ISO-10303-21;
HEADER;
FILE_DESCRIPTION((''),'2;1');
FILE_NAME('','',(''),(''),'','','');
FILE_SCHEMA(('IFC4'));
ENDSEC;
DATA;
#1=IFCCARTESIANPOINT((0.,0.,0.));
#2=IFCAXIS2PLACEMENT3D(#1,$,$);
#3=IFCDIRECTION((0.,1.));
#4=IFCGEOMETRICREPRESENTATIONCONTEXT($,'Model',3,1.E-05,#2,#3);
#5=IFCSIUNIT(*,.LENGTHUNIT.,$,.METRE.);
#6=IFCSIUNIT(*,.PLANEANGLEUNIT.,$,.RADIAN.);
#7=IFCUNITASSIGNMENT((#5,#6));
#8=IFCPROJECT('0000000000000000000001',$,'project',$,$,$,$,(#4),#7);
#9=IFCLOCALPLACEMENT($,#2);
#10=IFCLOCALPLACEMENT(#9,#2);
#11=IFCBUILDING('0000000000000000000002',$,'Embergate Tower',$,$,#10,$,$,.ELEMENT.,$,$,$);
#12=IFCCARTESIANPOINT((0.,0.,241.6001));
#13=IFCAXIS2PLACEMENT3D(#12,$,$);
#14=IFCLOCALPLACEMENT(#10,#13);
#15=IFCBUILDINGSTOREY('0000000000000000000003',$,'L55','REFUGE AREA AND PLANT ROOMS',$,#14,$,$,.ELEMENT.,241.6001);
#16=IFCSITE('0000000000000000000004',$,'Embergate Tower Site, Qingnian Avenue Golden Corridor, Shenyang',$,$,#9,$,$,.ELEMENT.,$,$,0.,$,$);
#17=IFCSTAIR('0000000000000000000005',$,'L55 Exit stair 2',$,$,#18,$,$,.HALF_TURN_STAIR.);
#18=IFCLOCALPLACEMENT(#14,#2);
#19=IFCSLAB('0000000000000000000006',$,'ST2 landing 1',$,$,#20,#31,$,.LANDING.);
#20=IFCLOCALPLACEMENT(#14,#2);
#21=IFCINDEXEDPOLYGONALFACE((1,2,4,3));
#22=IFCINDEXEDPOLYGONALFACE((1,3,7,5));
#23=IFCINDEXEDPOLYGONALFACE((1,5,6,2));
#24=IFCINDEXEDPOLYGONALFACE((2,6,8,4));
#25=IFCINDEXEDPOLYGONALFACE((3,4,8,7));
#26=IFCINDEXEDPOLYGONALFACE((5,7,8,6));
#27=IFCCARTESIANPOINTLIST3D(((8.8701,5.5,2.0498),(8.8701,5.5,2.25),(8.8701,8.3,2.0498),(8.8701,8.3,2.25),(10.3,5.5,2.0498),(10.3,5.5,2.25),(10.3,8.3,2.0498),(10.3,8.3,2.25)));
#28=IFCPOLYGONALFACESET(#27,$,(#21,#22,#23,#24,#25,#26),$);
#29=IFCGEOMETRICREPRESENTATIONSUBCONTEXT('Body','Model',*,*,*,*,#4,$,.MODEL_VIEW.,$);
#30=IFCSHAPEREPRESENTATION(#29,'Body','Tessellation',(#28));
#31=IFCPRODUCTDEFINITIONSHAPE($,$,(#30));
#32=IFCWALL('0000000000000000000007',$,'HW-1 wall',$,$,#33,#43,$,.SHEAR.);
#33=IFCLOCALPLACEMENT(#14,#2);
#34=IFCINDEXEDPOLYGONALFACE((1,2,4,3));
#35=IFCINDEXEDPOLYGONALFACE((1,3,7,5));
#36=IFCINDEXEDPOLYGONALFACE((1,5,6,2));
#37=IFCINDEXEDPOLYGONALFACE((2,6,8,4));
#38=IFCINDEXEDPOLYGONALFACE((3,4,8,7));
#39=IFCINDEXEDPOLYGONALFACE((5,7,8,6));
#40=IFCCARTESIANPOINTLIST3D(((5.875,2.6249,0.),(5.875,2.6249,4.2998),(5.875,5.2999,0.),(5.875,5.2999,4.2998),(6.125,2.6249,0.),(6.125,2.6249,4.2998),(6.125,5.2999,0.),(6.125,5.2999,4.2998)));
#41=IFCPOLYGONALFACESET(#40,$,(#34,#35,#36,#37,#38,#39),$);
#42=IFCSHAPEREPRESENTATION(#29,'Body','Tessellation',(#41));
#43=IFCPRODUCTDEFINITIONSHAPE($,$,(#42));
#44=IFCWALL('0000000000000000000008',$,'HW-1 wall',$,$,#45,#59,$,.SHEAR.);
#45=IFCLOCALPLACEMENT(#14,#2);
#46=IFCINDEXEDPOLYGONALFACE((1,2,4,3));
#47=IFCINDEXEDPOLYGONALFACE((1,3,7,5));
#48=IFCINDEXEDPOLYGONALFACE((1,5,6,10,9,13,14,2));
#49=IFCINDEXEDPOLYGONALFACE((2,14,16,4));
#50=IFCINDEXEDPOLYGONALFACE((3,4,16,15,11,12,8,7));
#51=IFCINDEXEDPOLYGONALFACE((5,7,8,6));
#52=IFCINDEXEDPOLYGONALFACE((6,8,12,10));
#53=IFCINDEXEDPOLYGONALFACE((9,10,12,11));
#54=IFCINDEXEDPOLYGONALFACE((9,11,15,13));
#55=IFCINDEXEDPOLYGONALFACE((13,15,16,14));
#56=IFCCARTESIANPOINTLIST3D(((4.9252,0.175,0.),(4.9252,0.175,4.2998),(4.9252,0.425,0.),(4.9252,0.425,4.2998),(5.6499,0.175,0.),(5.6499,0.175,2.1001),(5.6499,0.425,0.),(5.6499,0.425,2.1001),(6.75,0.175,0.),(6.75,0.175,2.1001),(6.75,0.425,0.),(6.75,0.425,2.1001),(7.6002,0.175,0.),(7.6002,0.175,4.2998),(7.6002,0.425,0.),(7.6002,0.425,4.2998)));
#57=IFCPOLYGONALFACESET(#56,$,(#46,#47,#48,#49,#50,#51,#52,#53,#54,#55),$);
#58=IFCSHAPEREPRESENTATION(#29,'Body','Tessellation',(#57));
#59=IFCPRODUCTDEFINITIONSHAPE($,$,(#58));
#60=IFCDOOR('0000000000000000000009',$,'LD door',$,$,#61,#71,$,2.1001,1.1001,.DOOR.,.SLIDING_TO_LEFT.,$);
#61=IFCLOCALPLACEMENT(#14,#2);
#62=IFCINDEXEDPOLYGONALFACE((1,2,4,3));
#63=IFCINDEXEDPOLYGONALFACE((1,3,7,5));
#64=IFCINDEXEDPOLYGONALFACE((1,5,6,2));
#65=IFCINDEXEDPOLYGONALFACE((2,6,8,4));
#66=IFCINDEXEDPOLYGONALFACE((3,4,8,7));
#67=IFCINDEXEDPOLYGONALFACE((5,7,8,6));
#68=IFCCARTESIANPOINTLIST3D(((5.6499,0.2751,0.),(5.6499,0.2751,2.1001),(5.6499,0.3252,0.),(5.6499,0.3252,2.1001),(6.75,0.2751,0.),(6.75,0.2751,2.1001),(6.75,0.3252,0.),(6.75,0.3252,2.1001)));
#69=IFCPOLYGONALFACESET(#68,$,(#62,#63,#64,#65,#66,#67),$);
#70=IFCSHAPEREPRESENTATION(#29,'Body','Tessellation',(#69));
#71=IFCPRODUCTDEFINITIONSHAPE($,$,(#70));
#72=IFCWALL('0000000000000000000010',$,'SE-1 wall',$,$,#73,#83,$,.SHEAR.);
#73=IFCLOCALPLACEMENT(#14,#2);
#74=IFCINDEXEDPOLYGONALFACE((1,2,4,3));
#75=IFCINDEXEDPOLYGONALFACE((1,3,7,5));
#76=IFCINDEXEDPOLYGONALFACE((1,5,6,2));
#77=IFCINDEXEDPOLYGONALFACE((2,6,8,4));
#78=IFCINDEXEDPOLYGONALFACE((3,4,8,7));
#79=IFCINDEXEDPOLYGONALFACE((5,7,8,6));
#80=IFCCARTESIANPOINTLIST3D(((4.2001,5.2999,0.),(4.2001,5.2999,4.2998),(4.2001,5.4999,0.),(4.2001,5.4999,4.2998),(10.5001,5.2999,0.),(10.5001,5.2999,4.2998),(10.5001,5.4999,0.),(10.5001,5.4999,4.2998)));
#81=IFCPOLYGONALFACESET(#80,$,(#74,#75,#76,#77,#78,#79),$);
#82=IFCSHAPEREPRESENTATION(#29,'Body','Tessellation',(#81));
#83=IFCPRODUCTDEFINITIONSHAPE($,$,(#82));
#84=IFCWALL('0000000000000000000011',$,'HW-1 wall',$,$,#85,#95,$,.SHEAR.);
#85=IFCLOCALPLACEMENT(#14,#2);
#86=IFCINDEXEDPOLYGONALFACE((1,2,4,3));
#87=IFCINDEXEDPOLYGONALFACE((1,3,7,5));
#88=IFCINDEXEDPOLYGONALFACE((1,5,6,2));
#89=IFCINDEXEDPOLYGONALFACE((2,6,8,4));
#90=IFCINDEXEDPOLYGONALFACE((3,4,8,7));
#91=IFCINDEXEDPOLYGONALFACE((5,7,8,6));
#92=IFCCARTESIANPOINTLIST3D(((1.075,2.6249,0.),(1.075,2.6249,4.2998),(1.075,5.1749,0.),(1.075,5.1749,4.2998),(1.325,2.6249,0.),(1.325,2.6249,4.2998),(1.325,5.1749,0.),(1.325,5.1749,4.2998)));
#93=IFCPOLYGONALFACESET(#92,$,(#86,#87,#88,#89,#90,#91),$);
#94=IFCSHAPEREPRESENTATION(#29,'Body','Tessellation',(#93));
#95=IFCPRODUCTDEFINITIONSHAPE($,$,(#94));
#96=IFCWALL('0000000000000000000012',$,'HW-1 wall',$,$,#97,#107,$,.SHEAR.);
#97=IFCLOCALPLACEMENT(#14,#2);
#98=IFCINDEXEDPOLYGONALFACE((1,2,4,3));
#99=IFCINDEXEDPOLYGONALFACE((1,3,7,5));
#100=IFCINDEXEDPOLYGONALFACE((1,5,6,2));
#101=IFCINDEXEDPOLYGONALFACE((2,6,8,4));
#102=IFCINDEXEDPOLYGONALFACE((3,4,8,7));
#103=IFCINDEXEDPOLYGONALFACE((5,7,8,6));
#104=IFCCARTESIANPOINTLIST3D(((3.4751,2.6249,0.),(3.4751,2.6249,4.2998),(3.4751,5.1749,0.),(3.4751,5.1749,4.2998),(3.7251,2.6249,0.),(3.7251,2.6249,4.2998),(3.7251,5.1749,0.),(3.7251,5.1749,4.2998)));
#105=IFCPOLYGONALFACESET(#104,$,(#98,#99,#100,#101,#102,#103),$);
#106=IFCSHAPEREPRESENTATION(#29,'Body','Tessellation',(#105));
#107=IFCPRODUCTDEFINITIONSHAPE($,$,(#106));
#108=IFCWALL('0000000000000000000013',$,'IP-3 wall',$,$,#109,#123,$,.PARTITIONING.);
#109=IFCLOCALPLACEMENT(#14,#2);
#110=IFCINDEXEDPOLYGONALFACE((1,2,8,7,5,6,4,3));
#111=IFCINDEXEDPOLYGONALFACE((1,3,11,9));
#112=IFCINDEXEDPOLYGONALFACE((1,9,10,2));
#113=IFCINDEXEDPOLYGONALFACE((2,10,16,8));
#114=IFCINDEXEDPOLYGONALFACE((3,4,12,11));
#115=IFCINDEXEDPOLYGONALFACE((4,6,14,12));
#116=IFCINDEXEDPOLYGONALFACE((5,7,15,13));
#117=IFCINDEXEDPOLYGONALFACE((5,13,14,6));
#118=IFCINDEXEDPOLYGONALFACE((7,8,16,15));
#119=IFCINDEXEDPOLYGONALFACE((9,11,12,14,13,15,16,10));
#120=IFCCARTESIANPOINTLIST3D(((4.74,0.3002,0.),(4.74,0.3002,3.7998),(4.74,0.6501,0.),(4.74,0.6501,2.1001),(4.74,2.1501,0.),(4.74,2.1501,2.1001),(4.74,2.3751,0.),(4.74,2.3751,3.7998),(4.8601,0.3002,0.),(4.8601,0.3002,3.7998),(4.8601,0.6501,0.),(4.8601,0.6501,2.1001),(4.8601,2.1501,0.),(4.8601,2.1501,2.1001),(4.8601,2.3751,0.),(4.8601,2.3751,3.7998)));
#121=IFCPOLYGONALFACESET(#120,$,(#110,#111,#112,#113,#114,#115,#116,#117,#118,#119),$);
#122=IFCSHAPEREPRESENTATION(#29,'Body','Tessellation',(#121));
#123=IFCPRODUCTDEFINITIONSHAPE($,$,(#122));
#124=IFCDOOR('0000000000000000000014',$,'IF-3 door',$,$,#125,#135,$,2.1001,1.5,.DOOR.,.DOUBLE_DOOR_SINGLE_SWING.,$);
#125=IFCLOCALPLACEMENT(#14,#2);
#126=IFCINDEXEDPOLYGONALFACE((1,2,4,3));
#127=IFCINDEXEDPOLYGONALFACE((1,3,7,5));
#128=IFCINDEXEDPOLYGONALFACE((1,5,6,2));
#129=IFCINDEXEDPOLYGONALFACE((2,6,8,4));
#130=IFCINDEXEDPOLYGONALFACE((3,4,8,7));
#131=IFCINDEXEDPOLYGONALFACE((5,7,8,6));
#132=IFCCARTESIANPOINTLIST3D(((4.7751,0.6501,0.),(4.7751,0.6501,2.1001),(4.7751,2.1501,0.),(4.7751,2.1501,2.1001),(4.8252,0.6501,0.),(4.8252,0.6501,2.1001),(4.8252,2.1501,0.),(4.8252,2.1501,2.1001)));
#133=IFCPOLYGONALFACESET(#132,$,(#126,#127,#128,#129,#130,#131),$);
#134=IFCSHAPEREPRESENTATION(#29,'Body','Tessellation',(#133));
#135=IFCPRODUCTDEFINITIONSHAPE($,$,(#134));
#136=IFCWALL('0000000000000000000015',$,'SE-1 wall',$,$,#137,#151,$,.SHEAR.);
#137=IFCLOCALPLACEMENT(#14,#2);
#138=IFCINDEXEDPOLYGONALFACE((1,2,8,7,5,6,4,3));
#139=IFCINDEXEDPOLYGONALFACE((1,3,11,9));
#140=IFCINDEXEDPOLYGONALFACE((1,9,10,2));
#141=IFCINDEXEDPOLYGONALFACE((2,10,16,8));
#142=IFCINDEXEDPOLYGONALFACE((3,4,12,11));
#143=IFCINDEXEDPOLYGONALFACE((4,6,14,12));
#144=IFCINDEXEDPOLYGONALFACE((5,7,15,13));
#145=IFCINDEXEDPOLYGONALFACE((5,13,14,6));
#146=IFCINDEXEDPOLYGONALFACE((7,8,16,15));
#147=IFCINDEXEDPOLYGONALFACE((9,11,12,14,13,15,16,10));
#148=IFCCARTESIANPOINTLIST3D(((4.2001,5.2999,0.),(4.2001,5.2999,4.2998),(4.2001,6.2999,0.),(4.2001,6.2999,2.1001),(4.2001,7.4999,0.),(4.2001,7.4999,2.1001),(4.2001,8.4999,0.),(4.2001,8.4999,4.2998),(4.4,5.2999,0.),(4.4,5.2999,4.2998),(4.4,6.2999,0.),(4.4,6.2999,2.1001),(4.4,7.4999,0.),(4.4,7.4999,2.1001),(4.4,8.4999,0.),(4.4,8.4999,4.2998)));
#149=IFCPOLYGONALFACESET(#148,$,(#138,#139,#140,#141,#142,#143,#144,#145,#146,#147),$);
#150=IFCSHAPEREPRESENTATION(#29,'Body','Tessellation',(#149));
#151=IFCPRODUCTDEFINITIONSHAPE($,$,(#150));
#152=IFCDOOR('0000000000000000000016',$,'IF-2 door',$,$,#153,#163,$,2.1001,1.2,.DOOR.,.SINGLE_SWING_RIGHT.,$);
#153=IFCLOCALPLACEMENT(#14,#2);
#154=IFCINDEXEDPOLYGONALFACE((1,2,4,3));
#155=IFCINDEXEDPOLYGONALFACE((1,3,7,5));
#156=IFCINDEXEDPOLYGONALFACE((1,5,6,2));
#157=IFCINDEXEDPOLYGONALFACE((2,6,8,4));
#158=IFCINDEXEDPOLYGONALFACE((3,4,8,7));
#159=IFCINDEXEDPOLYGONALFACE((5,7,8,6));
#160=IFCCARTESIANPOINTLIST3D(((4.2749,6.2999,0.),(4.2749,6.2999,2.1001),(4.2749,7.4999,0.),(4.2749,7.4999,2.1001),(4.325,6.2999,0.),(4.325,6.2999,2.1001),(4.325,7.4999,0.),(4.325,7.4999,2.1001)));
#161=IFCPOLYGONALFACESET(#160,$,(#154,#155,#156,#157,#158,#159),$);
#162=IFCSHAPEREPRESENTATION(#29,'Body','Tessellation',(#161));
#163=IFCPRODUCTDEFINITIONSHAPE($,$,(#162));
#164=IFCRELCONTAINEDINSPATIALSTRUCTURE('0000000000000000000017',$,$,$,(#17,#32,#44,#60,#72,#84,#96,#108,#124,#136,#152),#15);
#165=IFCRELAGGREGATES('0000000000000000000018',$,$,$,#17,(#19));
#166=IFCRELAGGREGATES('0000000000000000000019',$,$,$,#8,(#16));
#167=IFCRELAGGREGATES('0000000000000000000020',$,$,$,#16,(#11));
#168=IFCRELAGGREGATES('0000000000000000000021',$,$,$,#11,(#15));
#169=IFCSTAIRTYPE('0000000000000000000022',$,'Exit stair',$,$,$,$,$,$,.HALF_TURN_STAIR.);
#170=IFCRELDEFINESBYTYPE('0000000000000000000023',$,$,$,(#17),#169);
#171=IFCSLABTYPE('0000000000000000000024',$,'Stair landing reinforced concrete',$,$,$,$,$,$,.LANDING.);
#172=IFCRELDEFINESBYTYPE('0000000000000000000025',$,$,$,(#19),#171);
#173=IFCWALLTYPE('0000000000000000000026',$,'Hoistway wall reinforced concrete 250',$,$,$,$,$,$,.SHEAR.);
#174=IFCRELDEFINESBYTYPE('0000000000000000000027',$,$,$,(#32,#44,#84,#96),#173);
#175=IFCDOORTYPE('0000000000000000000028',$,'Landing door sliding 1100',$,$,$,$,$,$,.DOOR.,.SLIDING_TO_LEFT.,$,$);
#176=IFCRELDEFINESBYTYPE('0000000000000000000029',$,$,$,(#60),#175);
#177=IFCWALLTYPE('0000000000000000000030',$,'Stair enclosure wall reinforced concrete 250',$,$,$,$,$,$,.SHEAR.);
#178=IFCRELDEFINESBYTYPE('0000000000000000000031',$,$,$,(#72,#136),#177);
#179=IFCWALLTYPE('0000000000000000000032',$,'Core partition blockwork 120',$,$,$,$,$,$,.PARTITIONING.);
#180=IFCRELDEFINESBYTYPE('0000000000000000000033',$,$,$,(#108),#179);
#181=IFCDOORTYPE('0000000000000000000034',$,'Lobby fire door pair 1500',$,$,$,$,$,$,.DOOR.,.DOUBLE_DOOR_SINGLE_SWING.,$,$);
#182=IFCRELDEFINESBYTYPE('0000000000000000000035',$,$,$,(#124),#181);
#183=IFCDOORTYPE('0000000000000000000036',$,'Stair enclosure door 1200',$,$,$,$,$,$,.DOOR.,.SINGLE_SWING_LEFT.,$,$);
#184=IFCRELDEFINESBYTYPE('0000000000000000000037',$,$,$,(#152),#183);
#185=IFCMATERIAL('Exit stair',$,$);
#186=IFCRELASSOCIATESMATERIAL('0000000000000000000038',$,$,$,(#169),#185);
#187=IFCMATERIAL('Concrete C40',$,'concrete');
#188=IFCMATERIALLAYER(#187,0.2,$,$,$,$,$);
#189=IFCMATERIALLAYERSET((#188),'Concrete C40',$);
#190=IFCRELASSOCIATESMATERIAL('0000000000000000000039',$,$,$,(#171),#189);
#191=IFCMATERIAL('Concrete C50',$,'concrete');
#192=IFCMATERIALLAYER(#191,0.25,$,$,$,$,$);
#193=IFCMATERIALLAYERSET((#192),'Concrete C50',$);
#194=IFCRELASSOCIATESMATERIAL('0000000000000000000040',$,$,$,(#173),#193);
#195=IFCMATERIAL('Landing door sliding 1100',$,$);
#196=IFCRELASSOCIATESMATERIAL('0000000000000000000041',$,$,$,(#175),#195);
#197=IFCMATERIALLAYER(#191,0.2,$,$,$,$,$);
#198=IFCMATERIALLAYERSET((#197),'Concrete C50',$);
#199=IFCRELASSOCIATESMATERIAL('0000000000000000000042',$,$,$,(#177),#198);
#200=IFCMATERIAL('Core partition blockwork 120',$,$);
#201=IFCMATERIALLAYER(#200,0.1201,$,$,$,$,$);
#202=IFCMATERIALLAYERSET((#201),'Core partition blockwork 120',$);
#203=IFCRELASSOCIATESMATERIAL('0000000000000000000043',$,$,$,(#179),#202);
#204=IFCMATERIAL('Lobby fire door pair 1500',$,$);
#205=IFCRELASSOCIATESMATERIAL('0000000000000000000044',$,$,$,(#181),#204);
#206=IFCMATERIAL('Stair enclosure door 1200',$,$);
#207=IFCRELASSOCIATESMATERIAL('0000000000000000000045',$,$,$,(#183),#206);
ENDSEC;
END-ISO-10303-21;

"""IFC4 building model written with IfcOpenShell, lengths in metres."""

from ifc_helpers import new_model, si_unit, direction, frame, frame_2d, origin, place, context, subcontext, project, spatial, polyline, rectangle, outline, extrude, source, transform, mapped, material, layer, layer_set, type_object, element, fill, aggregate, save


model = new_model("IFC4")

# Units and contexts
model_context = context("Model", 3, precision=1e-05, world=origin(), true_north=direction((0.0, 1.0)))
body_context = subcontext(model_context, "Body", "Model", "MODEL_VIEW")
ifc_project = project(units=[si_unit("LENGTHUNIT", "METRE"), si_unit("PLANEANGLEUNIT", "RADIAN")], contexts=[model_context])

# Site, building, storey
site_placement = place(None, origin())
site = spatial("IfcSite", under=ifc_project, at=site_placement, Name="Embergate Tower Site, Qingnian Avenue Golden Corridor, Shenyang", CompositionType="ELEMENT", RefElevation=0.0)
building_placement = place(site_placement, origin())
building = spatial("IfcBuilding", under=site, at=building_placement, Name="Embergate Tower", CompositionType="ELEMENT")
storey_placement = place(building_placement, frame((0.0, 0.0, 241.6001)))
storey = spatial("IfcBuildingStorey", under=building, at=storey_placement, Name="L55", Description="REFUGE AREA AND PLANT ROOMS", CompositionType="ELEMENT", Elevation=241.6001)

# Stair, slab
ifc_material_1 = material(Name="Exit stair")
stair_type = type_object("IfcStairType", Name="Exit stair", PredefinedType="HALF_TURN_STAIR", material=ifc_material_1)
stair_placement = place(storey_placement, origin())
stair = element("IfcStair", 1, at=stair_placement, inside=storey, type_object=stair_type, Name="L55 Exit stair 2", PredefinedType="HALF_TURN_STAIR")
ifc_material_2 = material(Name="Concrete C40", Category="concrete")
ifc_layer_1 = layer(ifc_material_2, 0.2)
ifc_layer_set_1 = layer_set([ifc_layer_1], Name="Concrete C40")
slab_type = type_object("IfcSlabType", Name="Stair landing reinforced concrete", PredefinedType="LANDING", material=ifc_layer_set_1)
shared_shape_1 = source(origin(), body_context, "Body", "SweptSolid", [
    extrude(outline(polyline([(0.0, 0.0), (1.4299, 0.0), (1.4299, 2.8), (0.0, 2.8), (0.0, 0.0)])), origin(), (0.0, 0.0, 1.0), 0.2002),
])
slab_placement = place(storey_placement, frame((8.8701, 5.5, 2.0498)))
slab = element("IfcSlab", 2, at=slab_placement, type_object=slab_type, Name="ST2 landing 1", PredefinedType="LANDING", context=body_context, shape_type="MappedRepresentation", body=[
    mapped(shared_shape_1, transform((0.0, 0.0, 0.0))),
])

# Wall
ifc_material_3 = material(Name="Concrete C50", Category="concrete")
ifc_layer_2 = layer(ifc_material_3, 0.25)
ifc_layer_set_2 = layer_set([ifc_layer_2], Name="Concrete C50")
wall_type_1 = type_object("IfcWallType", Name="Hoistway wall reinforced concrete 250", PredefinedType="SHEAR", material=ifc_layer_set_2)
shared_shape_2 = source(origin(), body_context, "Body", "SweptSolid", [
    extrude(rectangle(XDim=2.675, YDim=0.25, at=frame_2d((1.3374, 0.0))), origin(), (0.0, 0.0, 1.0), 4.2998),
])
wall_1_placement = place(storey_placement, frame((6.0, 2.625, 0.0), z_axis=(0.0, 0.0, 1.0), x_axis=(0.0, 1.0, 0.0)))
element("IfcWall", 3, at=wall_1_placement, inside=storey, type_object=wall_type_1, Name="HW-1 wall", PredefinedType="SHEAR", context=body_context, shape_type="MappedRepresentation", body=[
    mapped(shared_shape_2, transform((0.0, 0.0, 0.0))),
])

# Wall, opening, door
wall_2_placement = place(storey_placement, frame((7.6001, 0.3, 0.0), z_axis=(0.0, 0.0, 1.0), x_axis=(-1.0, 0.0, 0.0)))
wall_2 = element("IfcWall", 4, at=wall_2_placement, inside=storey, type_object=wall_type_1, Name="HW-1 wall", PredefinedType="SHEAR", context=body_context, shape_type="MappedRepresentation", body=[
    mapped(shared_shape_2, transform((0.0, 0.0, 0.0))),
])
shared_shape_3 = source(origin(), body_context, "Body", "SweptSolid", [
    extrude(rectangle(XDim=1.1001, YDim=2.1001, at=frame_2d((0.55, 1.05))), frame((0.0, 0.135, 0.0), z_axis=(0.0, -1.0, 0.0), x_axis=(1.0, 0.0, 0.0)), (0.0, 0.0, 1.0), 0.27),
])
opening_1_placement = place(wall_2_placement, frame((0.8501, 0.0, 0.0)))
opening_1 = element("IfcOpeningElement", 5, at=opening_1_placement, cuts=wall_2, PredefinedType="OPENING", context=body_context, shape_type="MappedRepresentation", body=[
    mapped(shared_shape_3, transform((0.0, 0.0, 0.0))),
])
ifc_material_4 = material(Name="Landing door sliding 1100")
door_type_1 = type_object("IfcDoorType", Name="Landing door sliding 1100", OperationType="SLIDING_TO_LEFT", PredefinedType="DOOR", material=ifc_material_4)
shared_shape_4 = source(origin(), body_context, "Body", "SweptSolid", [
    extrude(rectangle(XDim=1.1001, YDim=2.1001, at=frame_2d((0.55, 1.05))), frame((0.0, 0.0249, 0.0), z_axis=(0.0, -1.0, 0.0), x_axis=(1.0, 0.0, 0.0)), (0.0, 0.0, 1.0), 0.05),
])
door_1_placement = place(opening_1_placement, origin())
door_1 = element("IfcDoor", 6, at=door_1_placement, inside=storey, type_object=door_type_1, Name="LD door", OperationType="SLIDING_TO_LEFT", OverallHeight=2.1001, OverallWidth=1.1001, PredefinedType="DOOR", context=body_context, shape_type="MappedRepresentation", body=[
    mapped(shared_shape_4, transform((0.0, 0.0, 0.0))),
])
fill(opening_1, door_1)

# Walls
ifc_layer_3 = layer(ifc_material_3, 0.2)
ifc_layer_set_3 = layer_set([ifc_layer_3], Name="Concrete C50")
wall_type_2 = type_object("IfcWallType", Name="Stair enclosure wall reinforced concrete 250", PredefinedType="SHEAR", material=ifc_layer_set_3)
shared_shape_5 = source(origin(), body_context, "Body", "SweptSolid", [
    extrude(rectangle(XDim=6.3, YDim=0.2, at=frame_2d((3.1499, 0.0))), origin(), (0.0, 0.0, 1.0), 4.2998),
])
wall_3_placement = place(storey_placement, frame((10.5, 5.3999, 0.0), z_axis=(0.0, 0.0, 1.0), x_axis=(-1.0, 0.0, 0.0)))
element("IfcWall", 7, at=wall_3_placement, inside=storey, type_object=wall_type_2, Name="SE-1 wall", PredefinedType="SHEAR", context=body_context, shape_type="MappedRepresentation", body=[
    mapped(shared_shape_5, transform((0.0, 0.0, 0.0))),
])
shared_shape_6 = source(origin(), body_context, "Body", "SweptSolid", [
    extrude(rectangle(XDim=2.55, YDim=0.25, at=frame_2d((1.2749, 0.0))), origin(), (0.0, 0.0, 1.0), 4.2998),
])
for number, where, z_axis, x_axis, name in (
    (8, (1.2, 2.625, 0.0), (0.0, 0.0, 1.0), (0.0, 1.0, 0.0), "HW-1 wall"),
    (9, (3.6001, 2.625, 0.0), (0.0, 0.0, 1.0), (0.0, 1.0, 0.0), "HW-1 wall"),
):
    element("IfcWall", number, at=place(storey_placement, frame(where, z_axis=z_axis, x_axis=x_axis)), inside=storey, type_object=wall_type_1, Name=name, PredefinedType="SHEAR", context=body_context, shape_type="MappedRepresentation", body=[
        mapped(shared_shape_6, transform((0.0, 0.0, 0.0))),
    ])

# Walls, openings, doors
ifc_material_5 = material(Name="Core partition blockwork 120")
ifc_layer_4 = layer(ifc_material_5, 0.1201)
ifc_layer_set_4 = layer_set([ifc_layer_4], Name="Core partition blockwork 120")
wall_type_3 = type_object("IfcWallType", Name="Core partition blockwork 120", PredefinedType="PARTITIONING", material=ifc_layer_set_4)
shared_shape_7 = source(origin(), body_context, "Body", "SweptSolid", [
    extrude(rectangle(XDim=2.075, YDim=0.1201, at=frame_2d((1.0376, 0.0))), origin(), (0.0, 0.0, 1.0), 3.7998),
])
wall_4_placement = place(storey_placement, frame((4.8, 0.3, 0.0), z_axis=(0.0, 0.0, 1.0), x_axis=(0.0, 1.0, 0.0)))
wall_4 = element("IfcWall", 10, at=wall_4_placement, inside=storey, type_object=wall_type_3, Name="IP-3 wall", PredefinedType="PARTITIONING", context=body_context, shape_type="MappedRepresentation", body=[
    mapped(shared_shape_7, transform((0.0, 0.0, 0.0))),
])
shared_shape_8 = source(origin(), body_context, "Body", "SweptSolid", [
    extrude(rectangle(XDim=1.5, YDim=2.1001, at=frame_2d((0.75, 1.05))), frame((0.0, 0.0701, 0.0), z_axis=(0.0, -1.0, 0.0), x_axis=(1.0, 0.0, 0.0)), (0.0, 0.0, 1.0), 0.1401),
])
opening_2_placement = place(wall_4_placement, frame((0.3501, 0.0, 0.0)))
opening_2 = element("IfcOpeningElement", 11, at=opening_2_placement, cuts=wall_4, PredefinedType="OPENING", context=body_context, shape_type="MappedRepresentation", body=[
    mapped(shared_shape_8, transform((0.0, 0.0, 0.0))),
])
ifc_material_6 = material(Name="Lobby fire door pair 1500")
door_type_2 = type_object("IfcDoorType", Name="Lobby fire door pair 1500", OperationType="DOUBLE_DOOR_SINGLE_SWING", PredefinedType="DOOR", material=ifc_material_6)
shared_shape_9 = source(origin(), body_context, "Body", "SweptSolid", [
    extrude(rectangle(XDim=1.5, YDim=2.1001, at=frame_2d((0.75, 1.05))), frame((0.0, 0.0249, 0.0), z_axis=(0.0, -1.0, 0.0), x_axis=(1.0, 0.0, 0.0)), (0.0, 0.0, 1.0), 0.05),
])
door_2_placement = place(opening_2_placement, origin())
door_2 = element("IfcDoor", 12, at=door_2_placement, inside=storey, type_object=door_type_2, Name="IF-3 door", OperationType="DOUBLE_DOOR_SINGLE_SWING", OverallHeight=2.1001, OverallWidth=1.5, PredefinedType="DOOR", context=body_context, shape_type="MappedRepresentation", body=[
    mapped(shared_shape_9, transform((0.0, 0.0, 0.0))),
])
fill(opening_2, door_2)
shared_shape_10 = source(origin(), body_context, "Body", "SweptSolid", [
    extrude(rectangle(XDim=3.2, YDim=0.2, at=frame_2d((1.6001, 0.0))), origin(), (0.0, 0.0, 1.0), 4.2998),
])
wall_5_placement = place(storey_placement, frame((4.3, 8.5, 0.0), z_axis=(0.0, 0.0, 1.0), x_axis=(0.0, -1.0, 0.0)))
wall_5 = element("IfcWall", 13, at=wall_5_placement, inside=storey, type_object=wall_type_2, Name="SE-1 wall", PredefinedType="SHEAR", context=body_context, shape_type="MappedRepresentation", body=[
    mapped(shared_shape_10, transform((0.0, 0.0, 0.0))),
])
shared_shape_11 = source(origin(), body_context, "Body", "SweptSolid", [
    extrude(rectangle(XDim=1.2, YDim=2.1001, at=frame_2d((0.6001, 1.05))), frame((0.0, 0.1099, 0.0), z_axis=(0.0, -1.0, 0.0), x_axis=(1.0, 0.0, 0.0)), (0.0, 0.0, 1.0), 0.22),
])
opening_3_placement = place(wall_5_placement, frame((1.0, 0.0, 0.0)))
opening_3 = element("IfcOpeningElement", 14, at=opening_3_placement, cuts=wall_5, PredefinedType="OPENING", context=body_context, shape_type="MappedRepresentation", body=[
    mapped(shared_shape_11, transform((0.0, 0.0, 0.0))),
])
ifc_material_7 = material(Name="Stair enclosure door 1200")
door_type_3 = type_object("IfcDoorType", Name="Stair enclosure door 1200", OperationType="SINGLE_SWING_LEFT", PredefinedType="DOOR", material=ifc_material_7)
shared_shape_12 = source(origin(), body_context, "Body", "SweptSolid", [
    extrude(rectangle(XDim=1.2, YDim=2.1001, at=frame_2d((0.6001, 1.05))), frame((0.0, 0.0249, 0.0), z_axis=(0.0, -1.0, 0.0), x_axis=(1.0, 0.0, 0.0)), (0.0, 0.0, 1.0), 0.05),
])
door_3_placement = place(opening_3_placement, origin())
door_3 = element("IfcDoor", 15, at=door_3_placement, inside=storey, type_object=door_type_3, Name="IF-2 door", OperationType="SINGLE_SWING_RIGHT", OverallHeight=2.1001, OverallWidth=1.2, PredefinedType="DOOR", context=body_context, shape_type="MappedRepresentation", body=[
    mapped(shared_shape_12, transform((0.0, 0.0, 0.0))),
])
fill(opening_3, door_3)

aggregate(stair, [slab])

save(model, "model.ifc")
